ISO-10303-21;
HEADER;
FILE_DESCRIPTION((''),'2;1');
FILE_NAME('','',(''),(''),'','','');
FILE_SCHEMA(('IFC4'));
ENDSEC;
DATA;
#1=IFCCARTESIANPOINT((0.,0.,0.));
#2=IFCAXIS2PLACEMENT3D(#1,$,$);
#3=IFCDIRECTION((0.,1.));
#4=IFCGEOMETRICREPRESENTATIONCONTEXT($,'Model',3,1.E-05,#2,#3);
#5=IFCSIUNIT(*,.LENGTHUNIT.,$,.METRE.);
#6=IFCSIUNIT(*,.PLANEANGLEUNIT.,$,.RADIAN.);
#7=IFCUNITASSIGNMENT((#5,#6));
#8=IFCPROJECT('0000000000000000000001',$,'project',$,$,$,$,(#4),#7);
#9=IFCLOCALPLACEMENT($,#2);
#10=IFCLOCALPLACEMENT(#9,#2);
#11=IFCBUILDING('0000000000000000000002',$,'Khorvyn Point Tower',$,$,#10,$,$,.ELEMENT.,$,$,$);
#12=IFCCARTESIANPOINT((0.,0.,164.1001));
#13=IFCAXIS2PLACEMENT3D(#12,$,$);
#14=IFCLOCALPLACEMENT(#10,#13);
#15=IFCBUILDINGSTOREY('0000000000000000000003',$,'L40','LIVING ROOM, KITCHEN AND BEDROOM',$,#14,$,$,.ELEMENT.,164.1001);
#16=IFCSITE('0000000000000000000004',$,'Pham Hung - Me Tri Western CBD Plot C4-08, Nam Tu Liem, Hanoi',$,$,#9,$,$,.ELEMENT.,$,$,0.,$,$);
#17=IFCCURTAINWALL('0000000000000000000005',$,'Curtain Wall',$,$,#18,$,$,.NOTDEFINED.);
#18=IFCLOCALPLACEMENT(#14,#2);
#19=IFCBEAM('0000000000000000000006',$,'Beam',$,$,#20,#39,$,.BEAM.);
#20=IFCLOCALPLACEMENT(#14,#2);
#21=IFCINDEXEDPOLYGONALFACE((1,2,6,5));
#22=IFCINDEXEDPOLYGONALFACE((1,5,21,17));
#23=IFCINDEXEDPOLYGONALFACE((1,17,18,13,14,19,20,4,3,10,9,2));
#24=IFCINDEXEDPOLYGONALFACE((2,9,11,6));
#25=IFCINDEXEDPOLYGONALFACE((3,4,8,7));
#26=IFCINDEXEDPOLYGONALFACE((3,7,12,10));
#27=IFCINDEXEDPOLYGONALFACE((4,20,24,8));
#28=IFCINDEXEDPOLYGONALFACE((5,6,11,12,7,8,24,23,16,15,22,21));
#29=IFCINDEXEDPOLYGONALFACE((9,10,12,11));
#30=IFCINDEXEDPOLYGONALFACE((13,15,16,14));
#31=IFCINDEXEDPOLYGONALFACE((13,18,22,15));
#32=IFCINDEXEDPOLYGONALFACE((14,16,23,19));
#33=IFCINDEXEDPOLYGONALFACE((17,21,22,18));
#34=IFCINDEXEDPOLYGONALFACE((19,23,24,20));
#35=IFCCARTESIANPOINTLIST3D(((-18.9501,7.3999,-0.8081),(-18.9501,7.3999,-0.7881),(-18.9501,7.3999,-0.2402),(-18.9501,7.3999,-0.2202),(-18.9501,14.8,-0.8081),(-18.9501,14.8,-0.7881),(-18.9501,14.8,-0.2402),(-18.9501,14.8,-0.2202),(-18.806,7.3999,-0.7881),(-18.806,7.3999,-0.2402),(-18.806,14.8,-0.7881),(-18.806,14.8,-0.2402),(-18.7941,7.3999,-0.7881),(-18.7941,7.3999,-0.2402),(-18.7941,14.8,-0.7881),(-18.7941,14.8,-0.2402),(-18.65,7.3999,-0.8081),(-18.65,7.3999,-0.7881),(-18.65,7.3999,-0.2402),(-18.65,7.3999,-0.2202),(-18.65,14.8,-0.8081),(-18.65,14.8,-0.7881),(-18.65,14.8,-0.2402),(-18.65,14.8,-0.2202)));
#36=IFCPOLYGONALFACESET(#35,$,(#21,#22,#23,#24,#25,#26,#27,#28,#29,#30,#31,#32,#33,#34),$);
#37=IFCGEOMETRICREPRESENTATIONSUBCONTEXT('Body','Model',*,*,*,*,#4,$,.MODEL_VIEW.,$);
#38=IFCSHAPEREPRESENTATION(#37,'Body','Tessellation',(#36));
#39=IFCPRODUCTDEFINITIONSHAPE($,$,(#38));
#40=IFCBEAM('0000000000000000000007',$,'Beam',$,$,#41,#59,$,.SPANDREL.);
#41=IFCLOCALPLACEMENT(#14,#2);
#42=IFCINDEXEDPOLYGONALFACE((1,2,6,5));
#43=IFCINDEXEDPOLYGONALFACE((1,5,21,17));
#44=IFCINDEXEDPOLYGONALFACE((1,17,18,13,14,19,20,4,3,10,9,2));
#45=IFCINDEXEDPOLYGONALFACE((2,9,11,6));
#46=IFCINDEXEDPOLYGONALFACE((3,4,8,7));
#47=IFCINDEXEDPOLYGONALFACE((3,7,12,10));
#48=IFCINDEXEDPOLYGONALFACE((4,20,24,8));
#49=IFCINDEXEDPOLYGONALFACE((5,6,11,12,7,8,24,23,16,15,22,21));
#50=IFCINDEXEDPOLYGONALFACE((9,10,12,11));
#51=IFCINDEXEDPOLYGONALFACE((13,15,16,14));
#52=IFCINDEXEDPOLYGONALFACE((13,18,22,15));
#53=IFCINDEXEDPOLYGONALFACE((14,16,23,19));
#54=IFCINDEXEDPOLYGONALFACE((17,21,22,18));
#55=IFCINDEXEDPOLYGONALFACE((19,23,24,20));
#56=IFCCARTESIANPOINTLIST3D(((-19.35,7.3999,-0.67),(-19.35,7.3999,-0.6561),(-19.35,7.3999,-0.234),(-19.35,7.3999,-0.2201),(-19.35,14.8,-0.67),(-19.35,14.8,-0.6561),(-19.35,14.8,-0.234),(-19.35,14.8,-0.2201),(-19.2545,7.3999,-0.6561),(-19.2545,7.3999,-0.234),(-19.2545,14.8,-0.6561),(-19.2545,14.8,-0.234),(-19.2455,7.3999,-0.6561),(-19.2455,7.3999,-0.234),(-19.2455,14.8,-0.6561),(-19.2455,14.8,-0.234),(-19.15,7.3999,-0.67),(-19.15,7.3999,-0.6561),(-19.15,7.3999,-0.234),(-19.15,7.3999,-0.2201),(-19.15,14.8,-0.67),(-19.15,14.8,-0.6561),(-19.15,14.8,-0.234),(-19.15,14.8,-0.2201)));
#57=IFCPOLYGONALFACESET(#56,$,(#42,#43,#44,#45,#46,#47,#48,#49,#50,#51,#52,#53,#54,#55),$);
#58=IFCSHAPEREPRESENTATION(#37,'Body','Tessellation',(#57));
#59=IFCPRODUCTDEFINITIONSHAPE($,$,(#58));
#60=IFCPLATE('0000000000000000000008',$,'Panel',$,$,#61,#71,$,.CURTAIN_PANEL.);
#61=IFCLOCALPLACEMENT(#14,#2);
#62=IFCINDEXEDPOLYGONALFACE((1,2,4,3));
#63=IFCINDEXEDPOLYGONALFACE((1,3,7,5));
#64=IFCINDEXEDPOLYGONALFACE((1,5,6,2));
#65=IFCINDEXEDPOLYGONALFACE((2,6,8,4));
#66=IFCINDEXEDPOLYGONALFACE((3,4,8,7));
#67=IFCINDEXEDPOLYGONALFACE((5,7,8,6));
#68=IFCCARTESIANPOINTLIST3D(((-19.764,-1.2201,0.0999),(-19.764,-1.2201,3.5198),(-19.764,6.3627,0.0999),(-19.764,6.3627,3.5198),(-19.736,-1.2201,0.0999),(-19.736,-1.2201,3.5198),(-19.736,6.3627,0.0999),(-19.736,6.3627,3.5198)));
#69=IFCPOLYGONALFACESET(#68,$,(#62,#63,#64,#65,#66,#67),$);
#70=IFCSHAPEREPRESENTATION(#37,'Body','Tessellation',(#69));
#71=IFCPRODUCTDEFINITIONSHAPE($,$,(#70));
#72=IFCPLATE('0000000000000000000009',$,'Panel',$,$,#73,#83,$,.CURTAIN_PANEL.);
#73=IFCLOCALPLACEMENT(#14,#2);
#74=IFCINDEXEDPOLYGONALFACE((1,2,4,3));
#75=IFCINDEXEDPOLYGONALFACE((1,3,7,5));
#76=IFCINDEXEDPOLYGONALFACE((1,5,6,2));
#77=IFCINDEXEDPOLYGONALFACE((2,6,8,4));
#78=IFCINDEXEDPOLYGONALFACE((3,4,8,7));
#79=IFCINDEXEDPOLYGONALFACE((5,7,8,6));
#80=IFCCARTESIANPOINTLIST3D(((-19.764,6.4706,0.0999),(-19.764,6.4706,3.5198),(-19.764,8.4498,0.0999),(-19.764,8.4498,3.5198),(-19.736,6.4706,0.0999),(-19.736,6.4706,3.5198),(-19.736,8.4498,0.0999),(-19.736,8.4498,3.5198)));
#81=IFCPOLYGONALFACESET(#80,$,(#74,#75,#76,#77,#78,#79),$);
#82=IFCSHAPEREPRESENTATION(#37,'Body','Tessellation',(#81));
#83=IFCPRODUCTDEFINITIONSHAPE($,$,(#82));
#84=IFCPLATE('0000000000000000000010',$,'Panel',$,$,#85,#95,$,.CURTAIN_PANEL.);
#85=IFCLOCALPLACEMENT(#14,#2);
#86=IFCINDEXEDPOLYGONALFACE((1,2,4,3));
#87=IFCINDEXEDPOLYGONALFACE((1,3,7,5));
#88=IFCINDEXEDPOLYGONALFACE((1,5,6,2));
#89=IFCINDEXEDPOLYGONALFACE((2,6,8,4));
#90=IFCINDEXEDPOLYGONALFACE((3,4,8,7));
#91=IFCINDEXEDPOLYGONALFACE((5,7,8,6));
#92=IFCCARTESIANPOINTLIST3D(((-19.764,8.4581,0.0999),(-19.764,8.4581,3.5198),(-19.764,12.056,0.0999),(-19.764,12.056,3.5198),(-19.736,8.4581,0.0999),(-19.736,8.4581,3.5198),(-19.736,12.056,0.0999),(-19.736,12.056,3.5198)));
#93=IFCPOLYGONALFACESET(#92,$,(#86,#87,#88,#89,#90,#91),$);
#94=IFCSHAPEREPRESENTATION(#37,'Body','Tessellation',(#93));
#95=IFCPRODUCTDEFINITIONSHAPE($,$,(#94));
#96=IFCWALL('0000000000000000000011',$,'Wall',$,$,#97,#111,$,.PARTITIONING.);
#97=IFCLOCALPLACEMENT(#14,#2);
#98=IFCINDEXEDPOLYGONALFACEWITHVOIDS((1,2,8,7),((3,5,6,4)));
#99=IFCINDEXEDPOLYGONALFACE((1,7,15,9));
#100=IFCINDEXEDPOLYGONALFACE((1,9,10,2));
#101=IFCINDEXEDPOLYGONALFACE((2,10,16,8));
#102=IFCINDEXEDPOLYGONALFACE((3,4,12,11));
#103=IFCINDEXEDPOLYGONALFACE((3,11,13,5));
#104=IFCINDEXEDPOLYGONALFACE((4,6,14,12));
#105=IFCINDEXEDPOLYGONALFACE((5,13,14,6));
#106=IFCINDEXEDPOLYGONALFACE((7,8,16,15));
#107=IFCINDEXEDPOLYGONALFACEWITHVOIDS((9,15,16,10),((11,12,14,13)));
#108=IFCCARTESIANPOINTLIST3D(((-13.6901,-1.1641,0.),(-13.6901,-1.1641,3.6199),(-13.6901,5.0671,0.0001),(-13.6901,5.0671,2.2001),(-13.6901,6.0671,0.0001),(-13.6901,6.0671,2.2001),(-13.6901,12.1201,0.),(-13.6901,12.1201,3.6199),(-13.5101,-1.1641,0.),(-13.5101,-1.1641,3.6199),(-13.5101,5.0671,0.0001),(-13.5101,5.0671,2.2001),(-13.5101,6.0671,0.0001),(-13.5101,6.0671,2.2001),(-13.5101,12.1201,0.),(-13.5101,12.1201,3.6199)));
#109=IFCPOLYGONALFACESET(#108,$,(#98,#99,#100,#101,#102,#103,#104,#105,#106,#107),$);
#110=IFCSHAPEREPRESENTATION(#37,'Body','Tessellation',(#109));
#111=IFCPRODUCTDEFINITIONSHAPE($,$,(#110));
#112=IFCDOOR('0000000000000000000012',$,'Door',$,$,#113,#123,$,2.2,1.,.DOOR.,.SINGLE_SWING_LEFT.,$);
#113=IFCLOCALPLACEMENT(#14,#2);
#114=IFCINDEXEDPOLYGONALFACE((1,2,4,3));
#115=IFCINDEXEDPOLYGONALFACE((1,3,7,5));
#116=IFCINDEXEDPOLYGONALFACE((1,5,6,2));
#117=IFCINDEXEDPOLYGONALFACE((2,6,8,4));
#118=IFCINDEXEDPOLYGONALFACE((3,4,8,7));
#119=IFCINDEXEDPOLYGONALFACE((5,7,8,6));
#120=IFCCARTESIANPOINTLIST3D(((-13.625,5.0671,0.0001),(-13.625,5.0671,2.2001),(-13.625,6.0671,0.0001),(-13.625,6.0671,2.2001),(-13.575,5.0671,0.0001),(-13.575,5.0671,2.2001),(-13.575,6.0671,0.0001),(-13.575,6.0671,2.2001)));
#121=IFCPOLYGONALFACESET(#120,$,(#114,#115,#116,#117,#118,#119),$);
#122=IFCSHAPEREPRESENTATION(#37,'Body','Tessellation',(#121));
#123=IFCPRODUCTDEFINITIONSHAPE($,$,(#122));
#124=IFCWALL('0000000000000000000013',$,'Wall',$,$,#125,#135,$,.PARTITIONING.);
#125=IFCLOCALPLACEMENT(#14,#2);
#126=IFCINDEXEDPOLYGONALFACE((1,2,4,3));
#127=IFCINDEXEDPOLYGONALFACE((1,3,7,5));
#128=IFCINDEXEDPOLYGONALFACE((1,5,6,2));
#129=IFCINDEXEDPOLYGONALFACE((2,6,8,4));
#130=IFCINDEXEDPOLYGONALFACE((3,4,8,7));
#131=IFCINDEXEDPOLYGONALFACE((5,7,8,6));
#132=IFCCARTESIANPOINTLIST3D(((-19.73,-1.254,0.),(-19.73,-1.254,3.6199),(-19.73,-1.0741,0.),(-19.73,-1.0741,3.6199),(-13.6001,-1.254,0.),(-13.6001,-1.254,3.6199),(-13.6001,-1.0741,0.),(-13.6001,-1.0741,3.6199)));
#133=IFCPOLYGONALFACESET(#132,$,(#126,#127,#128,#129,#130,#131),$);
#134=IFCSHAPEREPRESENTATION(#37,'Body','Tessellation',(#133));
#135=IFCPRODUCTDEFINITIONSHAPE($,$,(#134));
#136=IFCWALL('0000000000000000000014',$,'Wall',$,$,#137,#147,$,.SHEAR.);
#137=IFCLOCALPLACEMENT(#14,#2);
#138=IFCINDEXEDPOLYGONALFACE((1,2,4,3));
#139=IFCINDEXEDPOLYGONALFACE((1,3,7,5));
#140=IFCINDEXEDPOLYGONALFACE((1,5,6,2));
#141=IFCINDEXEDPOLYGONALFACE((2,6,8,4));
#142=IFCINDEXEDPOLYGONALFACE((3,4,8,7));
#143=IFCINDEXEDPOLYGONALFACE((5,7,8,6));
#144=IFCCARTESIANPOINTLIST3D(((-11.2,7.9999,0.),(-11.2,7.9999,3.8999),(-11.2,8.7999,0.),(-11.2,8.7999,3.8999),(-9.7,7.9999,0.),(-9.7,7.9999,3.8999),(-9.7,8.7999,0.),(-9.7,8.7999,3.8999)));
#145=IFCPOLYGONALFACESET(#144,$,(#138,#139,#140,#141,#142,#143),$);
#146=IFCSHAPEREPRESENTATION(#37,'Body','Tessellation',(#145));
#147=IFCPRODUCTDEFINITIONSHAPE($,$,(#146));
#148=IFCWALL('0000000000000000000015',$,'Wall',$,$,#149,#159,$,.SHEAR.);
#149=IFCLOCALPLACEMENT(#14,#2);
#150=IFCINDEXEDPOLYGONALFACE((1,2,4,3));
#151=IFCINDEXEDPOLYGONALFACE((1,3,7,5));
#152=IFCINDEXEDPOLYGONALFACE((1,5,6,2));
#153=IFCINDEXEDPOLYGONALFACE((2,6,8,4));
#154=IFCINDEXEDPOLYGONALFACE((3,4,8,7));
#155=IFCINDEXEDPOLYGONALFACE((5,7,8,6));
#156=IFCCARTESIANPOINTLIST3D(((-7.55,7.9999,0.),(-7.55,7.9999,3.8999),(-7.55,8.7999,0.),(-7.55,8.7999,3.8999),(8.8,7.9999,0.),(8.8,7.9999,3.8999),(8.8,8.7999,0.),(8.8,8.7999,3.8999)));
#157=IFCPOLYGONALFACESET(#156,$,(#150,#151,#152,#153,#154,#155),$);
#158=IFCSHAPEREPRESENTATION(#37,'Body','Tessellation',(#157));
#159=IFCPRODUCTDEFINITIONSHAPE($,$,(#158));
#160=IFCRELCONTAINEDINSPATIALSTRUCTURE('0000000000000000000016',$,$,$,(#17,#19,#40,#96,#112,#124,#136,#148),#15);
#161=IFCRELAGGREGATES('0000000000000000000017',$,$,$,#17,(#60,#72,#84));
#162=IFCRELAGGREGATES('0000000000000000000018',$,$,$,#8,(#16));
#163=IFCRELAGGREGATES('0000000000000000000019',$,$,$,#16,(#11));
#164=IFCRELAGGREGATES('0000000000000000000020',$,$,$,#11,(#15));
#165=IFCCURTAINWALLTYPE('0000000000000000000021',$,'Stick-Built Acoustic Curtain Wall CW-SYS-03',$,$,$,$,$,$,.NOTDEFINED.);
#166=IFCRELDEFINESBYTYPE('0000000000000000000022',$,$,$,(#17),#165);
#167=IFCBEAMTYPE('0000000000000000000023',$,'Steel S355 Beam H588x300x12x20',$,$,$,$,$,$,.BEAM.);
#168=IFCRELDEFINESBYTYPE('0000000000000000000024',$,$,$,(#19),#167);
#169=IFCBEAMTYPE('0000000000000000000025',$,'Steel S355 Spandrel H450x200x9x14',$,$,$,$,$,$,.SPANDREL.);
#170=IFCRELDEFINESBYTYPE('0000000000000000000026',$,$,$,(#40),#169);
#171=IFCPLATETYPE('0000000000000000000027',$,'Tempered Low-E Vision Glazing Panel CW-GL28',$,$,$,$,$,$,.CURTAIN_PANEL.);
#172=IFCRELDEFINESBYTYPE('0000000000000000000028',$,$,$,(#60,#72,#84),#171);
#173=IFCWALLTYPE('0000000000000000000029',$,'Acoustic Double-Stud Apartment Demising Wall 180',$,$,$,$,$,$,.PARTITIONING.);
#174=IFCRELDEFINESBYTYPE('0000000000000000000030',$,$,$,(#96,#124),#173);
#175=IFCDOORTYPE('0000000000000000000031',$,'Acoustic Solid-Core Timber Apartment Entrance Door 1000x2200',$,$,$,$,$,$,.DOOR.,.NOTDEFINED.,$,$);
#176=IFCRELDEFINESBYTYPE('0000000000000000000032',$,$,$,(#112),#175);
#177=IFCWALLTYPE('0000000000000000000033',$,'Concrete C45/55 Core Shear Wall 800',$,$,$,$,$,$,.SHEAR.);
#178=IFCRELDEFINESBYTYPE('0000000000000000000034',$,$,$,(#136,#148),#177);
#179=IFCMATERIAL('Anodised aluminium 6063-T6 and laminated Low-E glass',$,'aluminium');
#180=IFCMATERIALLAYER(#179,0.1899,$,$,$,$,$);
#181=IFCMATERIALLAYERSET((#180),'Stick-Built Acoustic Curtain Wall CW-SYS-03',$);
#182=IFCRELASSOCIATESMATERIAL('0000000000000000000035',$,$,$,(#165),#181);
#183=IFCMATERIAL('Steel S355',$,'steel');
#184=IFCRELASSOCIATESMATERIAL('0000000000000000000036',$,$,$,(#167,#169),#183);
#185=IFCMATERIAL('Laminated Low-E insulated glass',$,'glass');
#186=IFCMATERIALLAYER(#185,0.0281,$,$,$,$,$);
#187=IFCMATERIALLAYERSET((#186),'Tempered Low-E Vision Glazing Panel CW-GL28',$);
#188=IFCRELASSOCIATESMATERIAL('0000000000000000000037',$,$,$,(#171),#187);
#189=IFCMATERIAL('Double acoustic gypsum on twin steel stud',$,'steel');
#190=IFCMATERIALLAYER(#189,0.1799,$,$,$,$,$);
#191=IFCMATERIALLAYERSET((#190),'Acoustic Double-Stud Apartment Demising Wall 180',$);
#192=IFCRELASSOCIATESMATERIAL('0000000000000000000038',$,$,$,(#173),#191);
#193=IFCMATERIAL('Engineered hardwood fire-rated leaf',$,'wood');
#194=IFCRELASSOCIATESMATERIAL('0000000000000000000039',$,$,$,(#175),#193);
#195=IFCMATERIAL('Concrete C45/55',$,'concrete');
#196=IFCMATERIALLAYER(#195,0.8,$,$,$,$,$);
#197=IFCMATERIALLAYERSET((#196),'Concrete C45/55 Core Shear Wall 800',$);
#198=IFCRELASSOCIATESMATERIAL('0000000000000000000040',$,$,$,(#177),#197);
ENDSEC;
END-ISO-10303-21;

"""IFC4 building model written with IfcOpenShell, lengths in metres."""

from ifc_helpers import new_model, si_unit, direction, frame, frame_2d, origin, origin_2d, place, context, subcontext, project, spatial, rectangle, i_section, extrude, material, layer, layer_set, material_profile, profile_set, type_object, element, fill, aggregate, save


model = new_model("IFC4")

# Units and contexts
model_context = context("Model", 3, precision=1e-05, world=origin(), true_north=direction((0.0, 1.0)))
body_context = subcontext(model_context, "Body", "Model", "MODEL_VIEW")
ifc_project = project(units=[si_unit("LENGTHUNIT", "METRE"), si_unit("PLANEANGLEUNIT", "RADIAN")], contexts=[model_context])

# Site, building, storey
site_placement = place(None, origin())
site = spatial("IfcSite", under=ifc_project, at=site_placement, Name="Pham Hung - Me Tri Western CBD Plot C4-08, Nam Tu Liem, Hanoi", CompositionType="ELEMENT", RefElevation=0.0)
building_placement = place(site_placement, origin())
building = spatial("IfcBuilding", under=site, at=building_placement, Name="Khorvyn Point Tower", CompositionType="ELEMENT")
storey_placement = place(building_placement, frame((0.0, 0.0, 164.1001)))
storey = spatial("IfcBuildingStorey", under=building, at=storey_placement, Name="L40", Description="LIVING ROOM, KITCHEN AND BEDROOM", CompositionType="ELEMENT", Elevation=164.1001)

# Shared definitions
ifc_material_1 = material(Name="Concrete C45/55", Category="concrete")

# Curtain wall
ifc_material_2 = material(Name="Anodised aluminium 6063-T6 and laminated Low-E glass", Category="aluminium")
ifc_layer_1 = layer(ifc_material_2, 0.1899)
ifc_layer_set_1 = layer_set([ifc_layer_1], Name="Stick-Built Acoustic Curtain Wall CW-SYS-03")
curtain_wall_type = type_object("IfcCurtainWallType", Name="Stick-Built Acoustic Curtain Wall CW-SYS-03", PredefinedType="NOTDEFINED", material=ifc_layer_set_1)
curtain_wall_placement = place(storey_placement, origin())
curtain_wall = element("IfcCurtainWall", 1, at=curtain_wall_placement, inside=storey, type_object=curtain_wall_type, Name="Curtain Wall", PredefinedType="NOTDEFINED")

# Beams
ifc_material_3 = material(Name="Steel S355", Category="steel")
ifc_material_profile_1 = material_profile(ifc_material_3, i_section(OverallWidth=0.3, OverallDepth=0.5879, WebThickness=0.012, FlangeThickness=0.02, at=origin_2d()))
ifc_profile_set_1 = profile_set([ifc_material_profile_1], Name="Steel S355 H588x300x12x20")
beam_type_1 = type_object("IfcBeamType", Name="Steel S355 Beam H588x300x12x20", PredefinedType="BEAM", material=ifc_profile_set_1)
for number, where, z_axis, x_axis, name in (
    (2, (-18.8, 7.3999, -0.5142), (0.0, 1.0, 0.0), (-1.0, 0.0, 0.0), "Beam"),
):
    element("IfcBeam", number, at=place(storey_placement, frame(where, z_axis=z_axis, x_axis=x_axis)), inside=storey, type_object=beam_type_1, Name=name, PredefinedType="BEAM", context=body_context, shape_type="SweptSolid", body=[
        extrude(i_section(OverallWidth=0.3, OverallDepth=0.5879, WebThickness=0.012, FlangeThickness=0.02, at=origin_2d()), origin(), (0.0, 0.0, 1.0), 7.4001),
    ])
ifc_material_profile_2 = material_profile(ifc_material_3, i_section(OverallWidth=0.2, OverallDepth=0.45, WebThickness=0.009, FlangeThickness=0.0139, at=origin_2d()))
ifc_profile_set_2 = profile_set([ifc_material_profile_2], Name="Steel S355 H450x200x9x14")
beam_type_2 = type_object("IfcBeamType", Name="Steel S355 Spandrel H450x200x9x14", PredefinedType="SPANDREL", material=ifc_profile_set_2)
beam_1_placement = place(storey_placement, frame((-19.25, 7.3999, -0.4451), z_axis=(0.0, 1.0, 0.0), x_axis=(-1.0, 0.0, 0.0)))
element("IfcBeam", 3, at=beam_1_placement, inside=storey, type_object=beam_type_2, Name="Beam", PredefinedType="SPANDREL", context=body_context, shape_type="SweptSolid", body=[
    extrude(i_section(OverallWidth=0.2, OverallDepth=0.45, WebThickness=0.009, FlangeThickness=0.0139, at=origin_2d()), origin(), (0.0, 0.0, 1.0), 7.4001),
])

# Plates
ifc_material_4 = material(Name="Laminated Low-E insulated glass", Category="glass")
ifc_layer_2 = layer(ifc_material_4, 0.0281)
ifc_layer_set_2 = layer_set([ifc_layer_2], Name="Tempered Low-E Vision Glazing Panel CW-GL28")
plate_type = type_object("IfcPlateType", Name="Tempered Low-E Vision Glazing Panel CW-GL28", PredefinedType="CURTAIN_PANEL", material=ifc_layer_set_2)
plate_1_placement = place(storey_placement, frame((-19.75, 2.5713, 0.0999), z_axis=(0.0, 0.0, 1.0), x_axis=(0.0, 1.0, 0.0)))
plate_1 = element("IfcPlate", 4, at=plate_1_placement, type_object=plate_type, Name="Panel", PredefinedType="CURTAIN_PANEL", context=body_context, shape_type="SweptSolid", body=[
    extrude(rectangle(XDim=7.5828, YDim=0.0281, at=origin_2d()), origin(), (0.0, 0.0, 1.0), 3.4199),
])
plate_2_placement = place(storey_placement, frame((-19.75, 7.4602, 0.0999), z_axis=(0.0, 0.0, 1.0), x_axis=(0.0, 1.0, 0.0)))
plate_2 = element("IfcPlate", 5, at=plate_2_placement, type_object=plate_type, Name="Panel", PredefinedType="CURTAIN_PANEL", context=body_context, shape_type="SweptSolid", body=[
    extrude(rectangle(XDim=1.9792, YDim=0.0281, at=origin_2d()), origin(), (0.0, 0.0, 1.0), 3.4199),
])
plate_3_placement = place(storey_placement, frame((-19.75, 10.2571, 0.0999), z_axis=(0.0, 0.0, 1.0), x_axis=(0.0, 1.0, 0.0)))
plate_3 = element("IfcPlate", 6, at=plate_3_placement, type_object=plate_type, Name="Panel", PredefinedType="CURTAIN_PANEL", context=body_context, shape_type="SweptSolid", body=[
    extrude(rectangle(XDim=3.5979, YDim=0.0281, at=origin_2d()), origin(), (0.0, 0.0, 1.0), 3.4199),
])
aggregate(curtain_wall, [plate_1, plate_2, plate_3])

# Wall, opening, door
ifc_material_5 = material(Name="Double acoustic gypsum on twin steel stud", Category="steel")
ifc_layer_3 = layer(ifc_material_5, 0.1799)
ifc_layer_set_3 = layer_set([ifc_layer_3], Name="Acoustic Double-Stud Apartment Demising Wall 180")
wall_type_1 = type_object("IfcWallType", Name="Acoustic Double-Stud Apartment Demising Wall 180", PredefinedType="PARTITIONING", material=ifc_layer_set_3)
wall_1_placement = place(storey_placement, frame((-13.6001, -1.1641, 0.0), z_axis=(0.0, 0.0, 1.0), x_axis=(0.0, 1.0, 0.0)))
wall_1 = element("IfcWall", 7, at=wall_1_placement, inside=storey, type_object=wall_type_1, Name="Wall", PredefinedType="PARTITIONING", context=body_context, shape_type="SweptSolid", body=[
    extrude(rectangle(XDim=13.2842, YDim=0.1799, at=frame_2d((6.6421, 0.0))), origin(), (0.0, 0.0, 1.0), 3.6199),
])
opening_1_placement = place(wall_1_placement, frame((6.2312, 0.0, 0.0)))
opening_1 = element("IfcOpeningElement", 8, at=opening_1_placement, cuts=wall_1, PredefinedType="OPENING", context=body_context, shape_type="SweptSolid", body=[
    extrude(rectangle(XDim=1.0, YDim=2.2, at=frame_2d((0.5, 1.1001))), frame((0.0, 0.0999, 0.0), z_axis=(0.0, -1.0, 0.0), x_axis=(1.0, 0.0, 0.0)), (0.0, 0.0, 1.0), 0.2),
])
ifc_material_6 = material(Name="Engineered hardwood fire-rated leaf", Category="wood")
door_type_1 = type_object("IfcDoorType", Name="Acoustic Solid-Core Timber Apartment Entrance Door 1000x2200", OperationType="NOTDEFINED", PredefinedType="DOOR", material=ifc_material_6)
door_1_placement = place(opening_1_placement, origin())
door_1 = element("IfcDoor", 9, at=door_1_placement, inside=storey, type_object=door_type_1, Name="Door", OperationType="SINGLE_SWING_LEFT", OverallHeight=2.2, OverallWidth=1.0, PredefinedType="DOOR", context=body_context, shape_type="SweptSolid", body=[
    extrude(rectangle(XDim=1.0, YDim=2.2, at=frame_2d((0.5, 1.1001))), frame((0.0, 0.0249, 0.0), z_axis=(0.0, -1.0, 0.0), x_axis=(1.0, 0.0, 0.0)), (0.0, 0.0, 1.0), 0.05),
])
fill(opening_1, door_1)

# Wall
wall_2_placement = place(storey_placement, frame((-19.73, -1.1641, 0.0), z_axis=(0.0, 0.0, 1.0), x_axis=(1.0, 0.0, 0.0)))
element("IfcWall", 10, at=wall_2_placement, inside=storey, type_object=wall_type_1, Name="Wall", PredefinedType="PARTITIONING", context=body_context, shape_type="SweptSolid", body=[
    extrude(rectangle(XDim=6.1299, YDim=0.1799, at=frame_2d((3.0649, 0.0))), origin(), (0.0, 0.0, 1.0), 3.6199),
])

# Walls
ifc_layer_4 = layer(ifc_material_1, 0.8)
ifc_layer_set_4 = layer_set([ifc_layer_4], Name="Concrete C45/55 Core Shear Wall 800")
wall_type_2 = type_object("IfcWallType", Name="Concrete C45/55 Core Shear Wall 800", PredefinedType="SHEAR", material=ifc_layer_set_4)
wall_3_placement = place(storey_placement, frame((-11.2, 8.3999, 0.0), z_axis=(0.0, 0.0, 1.0), x_axis=(1.0, 0.0, 0.0)))
element("IfcWall", 11, at=wall_3_placement, inside=storey, type_object=wall_type_2, Name="Wall", PredefinedType="SHEAR", context=body_context, shape_type="SweptSolid", body=[
    extrude(rectangle(XDim=1.5, YDim=0.8, at=frame_2d((0.75, 0.0))), origin(), (0.0, 0.0, 1.0), 3.8999),
])
wall_4_placement = place(storey_placement, frame((-7.55, 8.3999, 0.0), z_axis=(0.0, 0.0, 1.0), x_axis=(1.0, 0.0, 0.0)))
element("IfcWall", 12, at=wall_4_placement, inside=storey, type_object=wall_type_2, Name="Wall", PredefinedType="SHEAR", context=body_context, shape_type="SweptSolid", body=[
    extrude(rectangle(XDim=16.3501, YDim=0.8, at=frame_2d((8.175, 0.0))), origin(), (0.0, 0.0, 1.0), 3.8999),
])

save(model, "model.ifc")
